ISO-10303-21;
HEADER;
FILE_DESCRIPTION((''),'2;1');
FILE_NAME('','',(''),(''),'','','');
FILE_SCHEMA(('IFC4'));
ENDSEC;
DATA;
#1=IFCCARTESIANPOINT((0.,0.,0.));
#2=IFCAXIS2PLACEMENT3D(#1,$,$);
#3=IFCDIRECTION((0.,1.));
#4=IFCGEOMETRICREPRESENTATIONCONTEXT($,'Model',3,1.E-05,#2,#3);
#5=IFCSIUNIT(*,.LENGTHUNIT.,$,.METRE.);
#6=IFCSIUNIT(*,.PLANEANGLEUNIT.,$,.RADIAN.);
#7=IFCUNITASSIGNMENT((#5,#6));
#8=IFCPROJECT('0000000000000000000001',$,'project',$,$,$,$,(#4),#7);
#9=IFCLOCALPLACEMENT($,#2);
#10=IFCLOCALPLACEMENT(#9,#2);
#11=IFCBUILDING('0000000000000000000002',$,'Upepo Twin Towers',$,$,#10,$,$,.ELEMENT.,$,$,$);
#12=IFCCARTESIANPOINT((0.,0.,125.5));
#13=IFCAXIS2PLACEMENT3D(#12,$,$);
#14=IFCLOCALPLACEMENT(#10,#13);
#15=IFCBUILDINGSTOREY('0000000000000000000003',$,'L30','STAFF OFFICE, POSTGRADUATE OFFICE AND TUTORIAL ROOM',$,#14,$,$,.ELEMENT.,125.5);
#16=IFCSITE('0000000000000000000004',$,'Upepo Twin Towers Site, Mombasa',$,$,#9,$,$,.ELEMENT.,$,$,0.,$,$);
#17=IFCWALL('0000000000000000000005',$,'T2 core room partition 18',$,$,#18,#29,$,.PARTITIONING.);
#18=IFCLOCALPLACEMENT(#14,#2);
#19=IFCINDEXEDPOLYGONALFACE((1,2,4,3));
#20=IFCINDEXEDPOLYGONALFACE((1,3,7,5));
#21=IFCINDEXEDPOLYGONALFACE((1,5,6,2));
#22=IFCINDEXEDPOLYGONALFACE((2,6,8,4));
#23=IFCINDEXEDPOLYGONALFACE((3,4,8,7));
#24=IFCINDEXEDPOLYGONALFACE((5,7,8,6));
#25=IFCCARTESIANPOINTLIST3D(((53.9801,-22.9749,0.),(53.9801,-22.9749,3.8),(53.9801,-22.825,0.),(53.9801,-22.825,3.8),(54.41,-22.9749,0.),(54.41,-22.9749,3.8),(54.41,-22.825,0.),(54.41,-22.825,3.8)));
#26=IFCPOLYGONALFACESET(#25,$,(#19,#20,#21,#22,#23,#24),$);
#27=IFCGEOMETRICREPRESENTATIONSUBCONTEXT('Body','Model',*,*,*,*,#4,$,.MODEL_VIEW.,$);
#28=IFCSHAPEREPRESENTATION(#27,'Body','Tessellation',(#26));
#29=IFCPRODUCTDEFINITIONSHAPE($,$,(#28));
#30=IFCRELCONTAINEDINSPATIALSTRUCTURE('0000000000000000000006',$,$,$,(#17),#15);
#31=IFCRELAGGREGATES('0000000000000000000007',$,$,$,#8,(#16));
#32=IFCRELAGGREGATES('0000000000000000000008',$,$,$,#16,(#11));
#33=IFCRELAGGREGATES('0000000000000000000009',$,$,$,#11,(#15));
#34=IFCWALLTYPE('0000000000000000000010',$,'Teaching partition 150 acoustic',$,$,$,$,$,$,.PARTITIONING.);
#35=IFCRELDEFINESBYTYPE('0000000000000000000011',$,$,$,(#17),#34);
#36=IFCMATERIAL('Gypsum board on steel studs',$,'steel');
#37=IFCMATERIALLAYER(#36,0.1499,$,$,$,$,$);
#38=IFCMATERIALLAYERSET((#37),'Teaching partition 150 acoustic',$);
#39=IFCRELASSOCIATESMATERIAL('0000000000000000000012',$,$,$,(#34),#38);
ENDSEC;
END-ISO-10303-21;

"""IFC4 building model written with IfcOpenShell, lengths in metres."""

from ifc_helpers import new_model, si_unit, direction, frame, frame_2d, origin, place, context, subcontext, project, spatial, rectangle, extrude, material, layer, layer_set, type_object, element, save


model = new_model("IFC4")

# Units and contexts
model_context = context("Model", 3, precision=1e-05, world=origin(), true_north=direction((0.0, 1.0)))
body_context = subcontext(model_context, "Body", "Model", "MODEL_VIEW")
ifc_project = project(units=[si_unit("LENGTHUNIT", "METRE"), si_unit("PLANEANGLEUNIT", "RADIAN")], contexts=[model_context])

# Site, building, storey
site_placement = place(None, origin())
site = spatial("IfcSite", under=ifc_project, at=site_placement, Name="Upepo Twin Towers Site, Mombasa", CompositionType="ELEMENT", RefElevation=0.0)
building_placement = place(site_placement, origin())
building = spatial("IfcBuilding", under=site, at=building_placement, Name="Upepo Twin Towers", CompositionType="ELEMENT")
storey_placement = place(building_placement, frame((0.0, 0.0, 125.5)))
storey = spatial("IfcBuildingStorey", under=building, at=storey_placement, Name="L30", Description="STAFF OFFICE, POSTGRADUATE OFFICE AND TUTORIAL ROOM", CompositionType="ELEMENT", Elevation=125.5)

# Shared definitions
ifc_material_1 = material(Name="Gypsum board on steel studs", Category="steel")
ifc_layer_1 = layer(ifc_material_1, 0.1499)
ifc_layer_set_1 = layer_set([ifc_layer_1], Name="Teaching partition 150 acoustic")
wall_type_1 = type_object("IfcWallType", Name="Teaching partition 150 acoustic", PredefinedType="PARTITIONING", material=ifc_layer_set_1)

# Wall
wall_1_placement = place(storey_placement, frame((54.4099, -22.8999, 0.0), z_axis=(0.0, 0.0, 1.0), x_axis=(-1.0, 0.0, 0.0)))
element("IfcWall", 1, at=wall_1_placement, inside=storey, type_object=wall_type_1, Name="T2 core room partition 18", PredefinedType="PARTITIONING", context=body_context, shape_type="SweptSolid", body=[
    extrude(rectangle(XDim=0.4299, YDim=0.1499, at=frame_2d((0.2148, 0.0))), origin(), (0.0, 0.0, 1.0), 3.8),
])

save(model, "model.ifc")
